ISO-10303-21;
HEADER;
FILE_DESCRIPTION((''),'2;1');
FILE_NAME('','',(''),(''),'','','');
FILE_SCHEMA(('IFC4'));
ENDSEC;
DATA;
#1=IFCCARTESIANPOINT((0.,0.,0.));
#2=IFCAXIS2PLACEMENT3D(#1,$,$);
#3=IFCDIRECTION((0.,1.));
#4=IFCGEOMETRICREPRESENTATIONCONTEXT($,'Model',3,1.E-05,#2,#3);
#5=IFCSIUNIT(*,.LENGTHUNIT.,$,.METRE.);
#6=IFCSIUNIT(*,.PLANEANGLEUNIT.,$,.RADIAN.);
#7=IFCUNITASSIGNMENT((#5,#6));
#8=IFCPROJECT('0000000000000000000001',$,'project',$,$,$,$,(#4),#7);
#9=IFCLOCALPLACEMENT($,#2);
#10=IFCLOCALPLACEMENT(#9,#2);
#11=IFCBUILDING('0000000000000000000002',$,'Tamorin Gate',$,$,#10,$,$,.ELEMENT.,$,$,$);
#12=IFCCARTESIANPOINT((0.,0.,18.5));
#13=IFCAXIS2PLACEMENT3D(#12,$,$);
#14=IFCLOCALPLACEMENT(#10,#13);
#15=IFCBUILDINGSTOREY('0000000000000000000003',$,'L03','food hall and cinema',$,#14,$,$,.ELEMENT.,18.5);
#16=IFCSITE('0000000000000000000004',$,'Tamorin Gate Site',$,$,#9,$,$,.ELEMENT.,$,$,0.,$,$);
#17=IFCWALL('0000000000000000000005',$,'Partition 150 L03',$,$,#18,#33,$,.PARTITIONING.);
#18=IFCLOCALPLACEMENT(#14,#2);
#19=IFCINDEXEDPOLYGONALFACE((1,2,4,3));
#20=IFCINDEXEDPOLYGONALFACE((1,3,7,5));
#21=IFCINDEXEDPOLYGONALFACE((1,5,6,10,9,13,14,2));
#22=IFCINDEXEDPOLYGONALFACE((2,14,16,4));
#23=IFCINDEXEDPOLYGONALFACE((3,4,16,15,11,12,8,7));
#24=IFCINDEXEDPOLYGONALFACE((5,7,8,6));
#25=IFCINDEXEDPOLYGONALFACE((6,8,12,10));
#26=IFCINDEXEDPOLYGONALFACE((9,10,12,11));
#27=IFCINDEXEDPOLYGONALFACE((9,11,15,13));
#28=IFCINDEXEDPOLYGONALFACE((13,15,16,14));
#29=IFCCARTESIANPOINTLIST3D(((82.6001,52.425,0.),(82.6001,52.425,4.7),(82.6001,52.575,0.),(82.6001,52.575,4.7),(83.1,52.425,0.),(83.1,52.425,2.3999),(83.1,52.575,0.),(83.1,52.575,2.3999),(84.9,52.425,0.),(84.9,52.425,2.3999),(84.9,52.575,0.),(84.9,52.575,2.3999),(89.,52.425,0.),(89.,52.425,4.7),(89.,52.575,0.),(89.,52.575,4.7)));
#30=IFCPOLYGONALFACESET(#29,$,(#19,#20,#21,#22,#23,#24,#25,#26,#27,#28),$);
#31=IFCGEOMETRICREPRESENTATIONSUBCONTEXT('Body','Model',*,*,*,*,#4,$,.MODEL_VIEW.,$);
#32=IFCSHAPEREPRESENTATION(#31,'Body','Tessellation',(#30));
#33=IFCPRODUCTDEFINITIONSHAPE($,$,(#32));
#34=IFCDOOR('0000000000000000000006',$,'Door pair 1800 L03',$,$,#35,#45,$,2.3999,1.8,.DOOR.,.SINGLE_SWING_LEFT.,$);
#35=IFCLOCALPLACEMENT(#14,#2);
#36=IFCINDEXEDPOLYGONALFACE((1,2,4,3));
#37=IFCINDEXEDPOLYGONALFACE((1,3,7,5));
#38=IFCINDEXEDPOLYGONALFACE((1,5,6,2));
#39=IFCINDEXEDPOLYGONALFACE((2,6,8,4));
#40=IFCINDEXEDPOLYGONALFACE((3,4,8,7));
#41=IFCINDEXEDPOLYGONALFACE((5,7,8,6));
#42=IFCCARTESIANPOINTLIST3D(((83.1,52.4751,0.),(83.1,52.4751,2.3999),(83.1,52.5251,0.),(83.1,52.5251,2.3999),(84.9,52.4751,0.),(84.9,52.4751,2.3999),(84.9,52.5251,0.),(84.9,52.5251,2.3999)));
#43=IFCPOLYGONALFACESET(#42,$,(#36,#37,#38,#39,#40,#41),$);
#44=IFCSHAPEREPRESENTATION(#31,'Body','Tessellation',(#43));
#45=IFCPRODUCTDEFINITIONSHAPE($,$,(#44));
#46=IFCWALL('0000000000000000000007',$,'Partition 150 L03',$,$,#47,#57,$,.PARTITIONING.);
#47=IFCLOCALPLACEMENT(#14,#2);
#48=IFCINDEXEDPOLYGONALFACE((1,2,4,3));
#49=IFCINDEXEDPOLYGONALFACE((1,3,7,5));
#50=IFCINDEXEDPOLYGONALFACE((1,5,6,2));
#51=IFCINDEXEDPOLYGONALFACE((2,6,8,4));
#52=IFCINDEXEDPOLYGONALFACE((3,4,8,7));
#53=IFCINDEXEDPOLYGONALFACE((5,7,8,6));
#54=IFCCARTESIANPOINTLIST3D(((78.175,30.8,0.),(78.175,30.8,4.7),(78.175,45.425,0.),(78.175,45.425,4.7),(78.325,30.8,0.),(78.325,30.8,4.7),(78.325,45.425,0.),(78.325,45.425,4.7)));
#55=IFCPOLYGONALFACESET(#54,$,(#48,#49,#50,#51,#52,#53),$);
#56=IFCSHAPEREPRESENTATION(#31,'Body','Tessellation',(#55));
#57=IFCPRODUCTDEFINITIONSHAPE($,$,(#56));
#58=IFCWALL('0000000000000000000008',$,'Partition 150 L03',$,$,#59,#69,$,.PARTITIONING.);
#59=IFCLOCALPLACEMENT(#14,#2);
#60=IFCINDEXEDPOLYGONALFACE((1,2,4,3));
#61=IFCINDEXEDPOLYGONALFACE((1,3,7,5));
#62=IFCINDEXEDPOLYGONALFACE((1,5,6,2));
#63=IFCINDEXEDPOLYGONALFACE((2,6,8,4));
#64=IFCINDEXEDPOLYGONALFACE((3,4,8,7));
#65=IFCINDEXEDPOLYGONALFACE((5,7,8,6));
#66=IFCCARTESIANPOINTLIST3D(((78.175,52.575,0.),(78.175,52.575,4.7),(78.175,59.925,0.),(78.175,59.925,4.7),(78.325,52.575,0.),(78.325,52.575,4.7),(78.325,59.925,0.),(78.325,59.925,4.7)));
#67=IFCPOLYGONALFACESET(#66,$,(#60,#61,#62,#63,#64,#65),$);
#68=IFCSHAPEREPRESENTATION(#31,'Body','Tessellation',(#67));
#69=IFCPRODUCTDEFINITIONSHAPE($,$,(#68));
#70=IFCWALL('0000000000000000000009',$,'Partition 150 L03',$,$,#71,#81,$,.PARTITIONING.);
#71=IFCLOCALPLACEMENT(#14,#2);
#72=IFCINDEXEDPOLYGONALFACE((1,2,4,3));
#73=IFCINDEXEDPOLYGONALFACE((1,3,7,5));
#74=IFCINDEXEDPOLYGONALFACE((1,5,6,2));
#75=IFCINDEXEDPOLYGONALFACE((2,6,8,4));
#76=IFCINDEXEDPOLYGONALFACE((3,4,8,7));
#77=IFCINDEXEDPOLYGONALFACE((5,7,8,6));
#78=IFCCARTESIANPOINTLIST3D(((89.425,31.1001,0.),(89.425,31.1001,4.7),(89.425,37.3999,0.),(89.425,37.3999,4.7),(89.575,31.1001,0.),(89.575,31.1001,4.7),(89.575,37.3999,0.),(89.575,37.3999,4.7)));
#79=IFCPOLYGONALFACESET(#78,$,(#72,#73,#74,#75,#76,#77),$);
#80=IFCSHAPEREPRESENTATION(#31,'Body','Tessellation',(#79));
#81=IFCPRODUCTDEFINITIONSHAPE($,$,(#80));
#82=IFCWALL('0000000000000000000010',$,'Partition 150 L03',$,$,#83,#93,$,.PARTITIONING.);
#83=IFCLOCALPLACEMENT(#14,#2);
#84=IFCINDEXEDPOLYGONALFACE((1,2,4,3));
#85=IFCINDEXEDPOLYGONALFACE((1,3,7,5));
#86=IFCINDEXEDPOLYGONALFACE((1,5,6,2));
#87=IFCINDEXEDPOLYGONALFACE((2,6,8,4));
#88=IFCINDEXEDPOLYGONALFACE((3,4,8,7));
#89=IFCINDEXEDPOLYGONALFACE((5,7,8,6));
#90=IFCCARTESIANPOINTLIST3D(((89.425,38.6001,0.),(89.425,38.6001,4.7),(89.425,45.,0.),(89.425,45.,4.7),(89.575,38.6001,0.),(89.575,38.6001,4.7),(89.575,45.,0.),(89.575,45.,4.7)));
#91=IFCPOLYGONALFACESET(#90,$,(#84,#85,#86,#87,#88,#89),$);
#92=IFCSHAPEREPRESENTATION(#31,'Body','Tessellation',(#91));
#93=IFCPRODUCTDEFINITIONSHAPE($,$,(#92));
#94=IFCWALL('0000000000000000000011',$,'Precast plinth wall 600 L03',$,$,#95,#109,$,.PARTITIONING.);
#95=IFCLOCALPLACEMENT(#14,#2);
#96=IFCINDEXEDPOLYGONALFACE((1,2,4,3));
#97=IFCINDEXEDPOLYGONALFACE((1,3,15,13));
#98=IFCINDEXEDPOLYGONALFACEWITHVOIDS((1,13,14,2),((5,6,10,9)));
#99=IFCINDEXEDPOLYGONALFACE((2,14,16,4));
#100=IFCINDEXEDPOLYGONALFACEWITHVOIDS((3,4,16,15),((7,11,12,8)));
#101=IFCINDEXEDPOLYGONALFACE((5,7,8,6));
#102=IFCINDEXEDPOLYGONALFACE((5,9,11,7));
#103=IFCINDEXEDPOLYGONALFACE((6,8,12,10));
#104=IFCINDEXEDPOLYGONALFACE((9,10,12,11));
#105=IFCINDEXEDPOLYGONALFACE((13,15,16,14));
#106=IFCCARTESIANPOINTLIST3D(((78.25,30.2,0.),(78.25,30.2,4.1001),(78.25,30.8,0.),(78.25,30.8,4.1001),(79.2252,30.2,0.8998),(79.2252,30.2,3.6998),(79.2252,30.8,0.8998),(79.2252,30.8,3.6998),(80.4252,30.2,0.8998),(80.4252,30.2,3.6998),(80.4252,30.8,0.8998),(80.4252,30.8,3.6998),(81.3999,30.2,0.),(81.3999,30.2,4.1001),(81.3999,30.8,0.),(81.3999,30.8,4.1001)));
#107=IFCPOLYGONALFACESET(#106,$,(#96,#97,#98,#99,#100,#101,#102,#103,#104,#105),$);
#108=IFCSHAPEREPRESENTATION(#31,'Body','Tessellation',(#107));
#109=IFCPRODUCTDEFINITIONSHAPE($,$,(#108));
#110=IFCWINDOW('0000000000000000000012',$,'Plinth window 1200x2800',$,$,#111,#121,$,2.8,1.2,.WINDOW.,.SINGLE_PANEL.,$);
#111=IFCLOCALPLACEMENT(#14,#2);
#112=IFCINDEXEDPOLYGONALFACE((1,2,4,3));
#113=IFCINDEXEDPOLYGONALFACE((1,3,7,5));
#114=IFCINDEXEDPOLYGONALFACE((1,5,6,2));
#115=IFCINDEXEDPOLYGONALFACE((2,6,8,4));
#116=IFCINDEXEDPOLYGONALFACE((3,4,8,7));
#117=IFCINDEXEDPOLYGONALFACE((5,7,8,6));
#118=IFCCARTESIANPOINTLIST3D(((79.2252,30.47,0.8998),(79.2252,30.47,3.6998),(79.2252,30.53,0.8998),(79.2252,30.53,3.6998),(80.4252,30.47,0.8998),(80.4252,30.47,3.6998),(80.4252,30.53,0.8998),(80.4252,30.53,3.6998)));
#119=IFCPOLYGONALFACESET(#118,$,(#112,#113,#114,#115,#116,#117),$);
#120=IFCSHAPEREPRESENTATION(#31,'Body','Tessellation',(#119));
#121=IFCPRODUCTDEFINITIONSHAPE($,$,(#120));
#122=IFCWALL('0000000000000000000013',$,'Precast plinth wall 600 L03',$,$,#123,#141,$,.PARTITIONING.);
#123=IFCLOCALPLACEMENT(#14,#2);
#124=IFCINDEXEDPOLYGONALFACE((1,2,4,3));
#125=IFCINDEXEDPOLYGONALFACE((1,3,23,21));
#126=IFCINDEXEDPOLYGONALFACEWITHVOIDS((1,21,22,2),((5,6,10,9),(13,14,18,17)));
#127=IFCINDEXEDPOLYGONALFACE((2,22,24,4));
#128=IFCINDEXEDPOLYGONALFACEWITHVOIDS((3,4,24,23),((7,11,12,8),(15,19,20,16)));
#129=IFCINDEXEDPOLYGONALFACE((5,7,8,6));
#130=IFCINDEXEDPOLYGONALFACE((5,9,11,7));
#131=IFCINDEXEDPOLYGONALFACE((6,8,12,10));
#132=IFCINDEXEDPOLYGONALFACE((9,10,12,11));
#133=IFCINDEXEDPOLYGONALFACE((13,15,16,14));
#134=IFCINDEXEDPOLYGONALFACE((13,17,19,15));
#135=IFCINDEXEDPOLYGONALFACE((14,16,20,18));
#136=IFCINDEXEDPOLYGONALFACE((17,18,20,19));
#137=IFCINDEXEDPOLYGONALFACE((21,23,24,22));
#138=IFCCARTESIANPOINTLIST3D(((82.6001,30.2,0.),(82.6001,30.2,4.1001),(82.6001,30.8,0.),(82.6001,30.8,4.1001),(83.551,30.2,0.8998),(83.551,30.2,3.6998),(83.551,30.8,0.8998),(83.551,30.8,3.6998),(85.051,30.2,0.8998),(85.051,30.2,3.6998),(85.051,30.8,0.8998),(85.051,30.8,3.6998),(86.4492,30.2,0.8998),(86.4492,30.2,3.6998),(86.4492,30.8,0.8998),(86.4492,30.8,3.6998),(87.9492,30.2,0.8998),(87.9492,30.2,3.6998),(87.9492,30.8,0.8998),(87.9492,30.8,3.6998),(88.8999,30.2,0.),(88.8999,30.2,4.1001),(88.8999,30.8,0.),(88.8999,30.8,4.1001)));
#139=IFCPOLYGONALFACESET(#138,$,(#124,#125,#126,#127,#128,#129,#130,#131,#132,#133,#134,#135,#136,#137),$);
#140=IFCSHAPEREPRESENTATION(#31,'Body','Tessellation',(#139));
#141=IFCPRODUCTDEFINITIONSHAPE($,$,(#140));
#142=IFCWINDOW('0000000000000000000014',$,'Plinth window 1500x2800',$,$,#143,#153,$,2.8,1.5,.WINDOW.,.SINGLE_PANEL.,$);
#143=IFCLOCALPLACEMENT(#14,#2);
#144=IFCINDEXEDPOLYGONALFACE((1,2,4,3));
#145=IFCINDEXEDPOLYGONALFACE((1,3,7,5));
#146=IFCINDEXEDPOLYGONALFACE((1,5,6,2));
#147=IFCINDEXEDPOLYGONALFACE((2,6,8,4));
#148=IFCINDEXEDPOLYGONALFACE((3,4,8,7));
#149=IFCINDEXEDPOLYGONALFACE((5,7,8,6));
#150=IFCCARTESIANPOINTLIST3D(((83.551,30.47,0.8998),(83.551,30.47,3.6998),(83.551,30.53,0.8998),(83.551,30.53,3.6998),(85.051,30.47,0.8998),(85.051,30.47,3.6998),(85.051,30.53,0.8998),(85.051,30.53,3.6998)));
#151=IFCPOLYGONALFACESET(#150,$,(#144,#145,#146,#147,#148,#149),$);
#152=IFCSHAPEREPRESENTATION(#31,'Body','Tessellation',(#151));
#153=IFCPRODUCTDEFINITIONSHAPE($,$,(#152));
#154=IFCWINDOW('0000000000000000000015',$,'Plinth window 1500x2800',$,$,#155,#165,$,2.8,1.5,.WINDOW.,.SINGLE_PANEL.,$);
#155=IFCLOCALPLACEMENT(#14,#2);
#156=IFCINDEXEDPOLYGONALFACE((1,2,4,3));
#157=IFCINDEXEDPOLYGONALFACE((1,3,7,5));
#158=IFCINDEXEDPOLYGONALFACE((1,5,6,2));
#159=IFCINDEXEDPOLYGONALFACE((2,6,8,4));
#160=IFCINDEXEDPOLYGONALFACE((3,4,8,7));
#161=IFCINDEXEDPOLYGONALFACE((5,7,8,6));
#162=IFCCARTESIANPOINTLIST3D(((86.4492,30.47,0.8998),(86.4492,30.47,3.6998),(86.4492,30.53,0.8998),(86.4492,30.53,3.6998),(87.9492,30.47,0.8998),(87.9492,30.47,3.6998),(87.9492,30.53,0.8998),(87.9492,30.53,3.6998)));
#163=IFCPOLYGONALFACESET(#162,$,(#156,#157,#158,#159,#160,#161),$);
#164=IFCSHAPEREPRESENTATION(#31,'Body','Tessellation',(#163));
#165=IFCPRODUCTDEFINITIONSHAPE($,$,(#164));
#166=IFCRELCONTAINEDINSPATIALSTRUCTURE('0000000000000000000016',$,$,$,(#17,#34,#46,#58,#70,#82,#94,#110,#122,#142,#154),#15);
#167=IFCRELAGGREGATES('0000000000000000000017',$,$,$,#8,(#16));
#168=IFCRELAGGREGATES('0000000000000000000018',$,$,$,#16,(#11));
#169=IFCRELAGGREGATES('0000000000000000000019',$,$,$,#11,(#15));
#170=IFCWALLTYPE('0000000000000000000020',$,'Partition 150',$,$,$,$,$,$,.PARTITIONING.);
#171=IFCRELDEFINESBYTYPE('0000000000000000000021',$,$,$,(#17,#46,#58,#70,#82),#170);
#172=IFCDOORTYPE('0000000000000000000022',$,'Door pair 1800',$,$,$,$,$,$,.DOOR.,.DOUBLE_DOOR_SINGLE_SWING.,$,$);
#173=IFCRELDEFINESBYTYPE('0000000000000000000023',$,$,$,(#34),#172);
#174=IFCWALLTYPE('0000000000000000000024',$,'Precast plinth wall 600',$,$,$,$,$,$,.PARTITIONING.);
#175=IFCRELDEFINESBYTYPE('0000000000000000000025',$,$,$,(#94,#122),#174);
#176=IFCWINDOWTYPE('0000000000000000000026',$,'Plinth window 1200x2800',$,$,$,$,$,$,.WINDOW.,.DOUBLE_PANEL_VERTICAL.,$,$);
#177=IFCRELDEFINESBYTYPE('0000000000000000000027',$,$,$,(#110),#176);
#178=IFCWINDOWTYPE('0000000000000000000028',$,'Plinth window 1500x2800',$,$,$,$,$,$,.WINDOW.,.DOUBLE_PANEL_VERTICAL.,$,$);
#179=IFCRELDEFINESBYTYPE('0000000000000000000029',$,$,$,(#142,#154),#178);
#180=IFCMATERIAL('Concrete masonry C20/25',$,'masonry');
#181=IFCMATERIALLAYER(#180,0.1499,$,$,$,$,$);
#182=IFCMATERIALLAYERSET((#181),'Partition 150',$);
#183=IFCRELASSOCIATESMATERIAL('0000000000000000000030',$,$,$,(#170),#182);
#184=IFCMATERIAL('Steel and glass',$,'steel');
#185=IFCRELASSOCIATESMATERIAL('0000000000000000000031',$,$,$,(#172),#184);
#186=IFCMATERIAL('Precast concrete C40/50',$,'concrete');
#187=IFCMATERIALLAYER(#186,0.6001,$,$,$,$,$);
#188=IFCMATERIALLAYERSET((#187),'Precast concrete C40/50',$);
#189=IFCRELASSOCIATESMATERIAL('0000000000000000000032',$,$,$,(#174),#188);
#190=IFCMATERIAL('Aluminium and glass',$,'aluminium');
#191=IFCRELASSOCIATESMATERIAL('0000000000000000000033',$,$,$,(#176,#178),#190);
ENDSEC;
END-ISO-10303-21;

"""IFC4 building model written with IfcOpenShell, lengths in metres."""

from ifc_helpers import new_model, si_unit, direction, frame, frame_2d, origin, place, context, subcontext, project, spatial, rectangle, extrude, material, layer, layer_set, type_object, element, fill, save


model = new_model("IFC4")

# Units and contexts
model_context = context("Model", 3, precision=1e-05, world=origin(), true_north=direction((0.0, 1.0)))
body_context = subcontext(model_context, "Body", "Model", "MODEL_VIEW")
ifc_project = project(units=[si_unit("LENGTHUNIT", "METRE"), si_unit("PLANEANGLEUNIT", "RADIAN")], contexts=[model_context])

# Site, building, storey
site_placement = place(None, origin())
site = spatial("IfcSite", under=ifc_project, at=site_placement, Name="Tamorin Gate Site", CompositionType="ELEMENT", RefElevation=0.0)
building_placement = place(site_placement, origin())
building = spatial("IfcBuilding", under=site, at=building_placement, Name="Tamorin Gate", CompositionType="ELEMENT")
storey_placement = place(building_placement, frame((0.0, 0.0, 18.5)))
storey = spatial("IfcBuildingStorey", under=building, at=storey_placement, Name="L03", Description="food hall and cinema", CompositionType="ELEMENT", Elevation=18.5)

# Shared definitions
ifc_material_1 = material(Name="Concrete masonry C20/25", Category="masonry")
ifc_layer_1 = layer(ifc_material_1, 0.1499)
ifc_layer_set_1 = layer_set([ifc_layer_1], Name="Partition 150")
wall_type_1 = type_object("IfcWallType", Name="Partition 150", PredefinedType="PARTITIONING", material=ifc_layer_set_1)
ifc_material_2 = material(Name="Steel and glass", Category="steel")
door_type = type_object("IfcDoorType", Name="Door pair 1800", OperationType="DOUBLE_DOOR_SINGLE_SWING", PredefinedType="DOOR", material=ifc_material_2)

# Wall, opening, door
wall_1_placement = place(storey_placement, frame((89.0, 52.5, 0.0), z_axis=(0.0, 0.0, 1.0), x_axis=(-1.0, 0.0, 0.0)))
wall_1 = element("IfcWall", 1, at=wall_1_placement, inside=storey, type_object=wall_type_1, Name="Partition 150 L03", PredefinedType="PARTITIONING", context=body_context, shape_type="SweptSolid", body=[
    extrude(rectangle(XDim=6.3999, YDim=0.1499, at=frame_2d((3.2, 0.0))), origin(), (0.0, 0.0, 1.0), 4.7),
])
opening_1_placement = place(wall_1_placement, frame((4.1001, 0.0, 0.0)))
opening_1 = element("IfcOpeningElement", 2, at=opening_1_placement, cuts=wall_1, PredefinedType="OPENING", context=body_context, shape_type="SweptSolid", body=[
    extrude(rectangle(XDim=1.8, YDim=2.3999, at=frame_2d((0.8999, 1.2))), frame((0.0, 0.085, 0.0), z_axis=(0.0, -1.0, 0.0), x_axis=(1.0, 0.0, 0.0)), (0.0, 0.0, 1.0), 0.1699),
])
door_1_placement = place(opening_1_placement, origin())
door_1 = element("IfcDoor", 3, at=door_1_placement, inside=storey, type_object=door_type, Name="Door pair 1800 L03", OperationType="SINGLE_SWING_LEFT", OverallHeight=2.3999, OverallWidth=1.8, PredefinedType="DOOR", context=body_context, shape_type="SweptSolid", body=[
    extrude(rectangle(XDim=1.8, YDim=2.3999, at=frame_2d((0.8999, 1.2))), frame((0.0, 0.0249, 0.0), z_axis=(0.0, -1.0, 0.0), x_axis=(1.0, 0.0, 0.0)), (0.0, 0.0, 1.0), 0.05),
])
fill(opening_1, door_1)

# Walls
wall_2_placement = place(storey_placement, frame((78.25, 30.8, 0.0), z_axis=(0.0, 0.0, 1.0), x_axis=(0.0, 1.0, 0.0)))
element("IfcWall", 4, at=wall_2_placement, inside=storey, type_object=wall_type_1, Name="Partition 150 L03", PredefinedType="PARTITIONING", context=body_context, shape_type="SweptSolid", body=[
    extrude(rectangle(XDim=14.625, YDim=0.1499, at=frame_2d((7.3125, 0.0))), origin(), (0.0, 0.0, 1.0), 4.7),
])
wall_3_placement = place(storey_placement, frame((78.25, 52.575, 0.0), z_axis=(0.0, 0.0, 1.0), x_axis=(0.0, 1.0, 0.0)))
element("IfcWall", 5, at=wall_3_placement, inside=storey, type_object=wall_type_1, Name="Partition 150 L03", PredefinedType="PARTITIONING", context=body_context, shape_type="SweptSolid", body=[
    extrude(rectangle(XDim=7.3501, YDim=0.1499, at=frame_2d((3.675, 0.0))), origin(), (0.0, 0.0, 1.0), 4.7),
])
wall_4_placement = place(storey_placement, frame((89.5, 31.1001, 0.0), z_axis=(0.0, 0.0, 1.0), x_axis=(0.0, 1.0, 0.0)))
element("IfcWall", 6, at=wall_4_placement, inside=storey, type_object=wall_type_1, Name="Partition 150 L03", PredefinedType="PARTITIONING", context=body_context, shape_type="SweptSolid", body=[
    extrude(rectangle(XDim=6.2998, YDim=0.1499, at=frame_2d((3.1499, 0.0))), origin(), (0.0, 0.0, 1.0), 4.7),
])
wall_5_placement = place(storey_placement, frame((89.5, 38.6001, 0.0), z_axis=(0.0, 0.0, 1.0), x_axis=(0.0, 1.0, 0.0)))
element("IfcWall", 7, at=wall_5_placement, inside=storey, type_object=wall_type_1, Name="Partition 150 L03", PredefinedType="PARTITIONING", context=body_context, shape_type="SweptSolid", body=[
    extrude(rectangle(XDim=6.3999, YDim=0.1499, at=frame_2d((3.2, 0.0))), origin(), (0.0, 0.0, 1.0), 4.7),
])

# Wall, opening, window
ifc_material_3 = material(Name="Precast concrete C40/50", Category="concrete")
ifc_layer_2 = layer(ifc_material_3, 0.6001)
ifc_layer_set_2 = layer_set([ifc_layer_2], Name="Precast concrete C40/50")
wall_type_2 = type_object("IfcWallType", Name="Precast plinth wall 600", PredefinedType="PARTITIONING", material=ifc_layer_set_2)
wall_6_placement = place(storey_placement, frame((78.25, 30.5, 0.0), z_axis=(0.0, 0.0, 1.0), x_axis=(1.0, 0.0, 0.0)))
wall_6 = element("IfcWall", 8, at=wall_6_placement, inside=storey, type_object=wall_type_2, Name="Precast plinth wall 600 L03", PredefinedType="PARTITIONING", context=body_context, shape_type="SweptSolid", body=[
    extrude(rectangle(XDim=3.1499, YDim=0.6001, at=frame_2d((1.575, 0.0))), origin(), (0.0, 0.0, 1.0), 4.1001),
])
opening_2_placement = place(wall_6_placement, frame((0.9751, 0.0, 0.8999)))
opening_2 = element("IfcOpeningElement", 9, at=opening_2_placement, cuts=wall_6, PredefinedType="OPENING", context=body_context, shape_type="SweptSolid", body=[
    extrude(rectangle(XDim=1.2, YDim=2.8, at=frame_2d((0.6001, 1.3999))), frame((0.0, 0.3101, 0.0), z_axis=(0.0, -1.0, 0.0), x_axis=(1.0, 0.0, 0.0)), (0.0, 0.0, 1.0), 0.6201),
])
ifc_material_4 = material(Name="Aluminium and glass", Category="aluminium")
window_type_1 = type_object("IfcWindowType", Name="Plinth window 1200x2800", PartitioningType="DOUBLE_PANEL_VERTICAL", PredefinedType="WINDOW", material=ifc_material_4)
window_1_placement = place(opening_2_placement, origin())
window_1 = element("IfcWindow", 10, at=window_1_placement, inside=storey, type_object=window_type_1, Name="Plinth window 1200x2800", OverallHeight=2.8, OverallWidth=1.2, PartitioningType="SINGLE_PANEL", PredefinedType="WINDOW", context=body_context, shape_type="SweptSolid", body=[
    extrude(rectangle(XDim=1.2, YDim=2.8, at=frame_2d((0.6001, 1.3999))), frame((0.0, 0.03, 0.0), z_axis=(0.0, -1.0, 0.0), x_axis=(1.0, 0.0, 0.0)), (0.0, 0.0, 1.0), 0.0601),
])
fill(opening_2, window_1)

# Wall, openings, windows
wall_7_placement = place(storey_placement, frame((82.6001, 30.5, 0.0), z_axis=(0.0, 0.0, 1.0), x_axis=(1.0, 0.0, 0.0)))
wall_7 = element("IfcWall", 11, at=wall_7_placement, inside=storey, type_object=wall_type_2, Name="Precast plinth wall 600 L03", PredefinedType="PARTITIONING", context=body_context, shape_type="SweptSolid", body=[
    extrude(rectangle(XDim=6.2998, YDim=0.6001, at=frame_2d((3.1499, 0.0))), origin(), (0.0, 0.0, 1.0), 4.1001),
])
opening_3_placement = place(wall_7_placement, frame((0.9509, 0.0, 0.8999)))
opening_3 = element("IfcOpeningElement", 12, at=opening_3_placement, cuts=wall_7, PredefinedType="OPENING", context=body_context, shape_type="SweptSolid", body=[
    extrude(rectangle(XDim=1.5, YDim=2.8, at=frame_2d((0.75, 1.3999))), frame((0.0, 0.3101, 0.0), z_axis=(0.0, -1.0, 0.0), x_axis=(1.0, 0.0, 0.0)), (0.0, 0.0, 1.0), 0.6201),
])
opening_4_placement = place(wall_7_placement, frame((3.8491, 0.0, 0.8999)))
opening_4 = element("IfcOpeningElement", 13, at=opening_4_placement, cuts=wall_7, PredefinedType="OPENING", context=body_context, shape_type="SweptSolid", body=[
    extrude(rectangle(XDim=1.5, YDim=2.8, at=frame_2d((0.75, 1.3999))), frame((0.0, 0.3101, 0.0), z_axis=(0.0, -1.0, 0.0), x_axis=(1.0, 0.0, 0.0)), (0.0, 0.0, 1.0), 0.6201),
])
window_type_2 = type_object("IfcWindowType", Name="Plinth window 1500x2800", PartitioningType="DOUBLE_PANEL_VERTICAL", PredefinedType="WINDOW", material=ifc_material_4)
window_2_placement = place(opening_3_placement, origin())
window_2 = element("IfcWindow", 14, at=window_2_placement, inside=storey, type_object=window_type_2, Name="Plinth window 1500x2800", OverallHeight=2.8, OverallWidth=1.5, PartitioningType="SINGLE_PANEL", PredefinedType="WINDOW", context=body_context, shape_type="SweptSolid", body=[
    extrude(rectangle(XDim=1.5, YDim=2.8, at=frame_2d((0.75, 1.3999))), frame((0.0, 0.03, 0.0), z_axis=(0.0, -1.0, 0.0), x_axis=(1.0, 0.0, 0.0)), (0.0, 0.0, 1.0), 0.0601),
])
fill(opening_3, window_2)
window_3_placement = place(opening_4_placement, origin())
window_3 = element("IfcWindow", 15, at=window_3_placement, inside=storey, type_object=window_type_2, Name="Plinth window 1500x2800", OverallHeight=2.8, OverallWidth=1.5, PartitioningType="SINGLE_PANEL", PredefinedType="WINDOW", context=body_context, shape_type="SweptSolid", body=[
    extrude(rectangle(XDim=1.5, YDim=2.8, at=frame_2d((0.75, 1.3999))), frame((0.0, 0.03, 0.0), z_axis=(0.0, -1.0, 0.0), x_axis=(1.0, 0.0, 0.0)), (0.0, 0.0, 1.0), 0.0601),
])
fill(opening_4, window_3)

save(model, "model.ifc")
